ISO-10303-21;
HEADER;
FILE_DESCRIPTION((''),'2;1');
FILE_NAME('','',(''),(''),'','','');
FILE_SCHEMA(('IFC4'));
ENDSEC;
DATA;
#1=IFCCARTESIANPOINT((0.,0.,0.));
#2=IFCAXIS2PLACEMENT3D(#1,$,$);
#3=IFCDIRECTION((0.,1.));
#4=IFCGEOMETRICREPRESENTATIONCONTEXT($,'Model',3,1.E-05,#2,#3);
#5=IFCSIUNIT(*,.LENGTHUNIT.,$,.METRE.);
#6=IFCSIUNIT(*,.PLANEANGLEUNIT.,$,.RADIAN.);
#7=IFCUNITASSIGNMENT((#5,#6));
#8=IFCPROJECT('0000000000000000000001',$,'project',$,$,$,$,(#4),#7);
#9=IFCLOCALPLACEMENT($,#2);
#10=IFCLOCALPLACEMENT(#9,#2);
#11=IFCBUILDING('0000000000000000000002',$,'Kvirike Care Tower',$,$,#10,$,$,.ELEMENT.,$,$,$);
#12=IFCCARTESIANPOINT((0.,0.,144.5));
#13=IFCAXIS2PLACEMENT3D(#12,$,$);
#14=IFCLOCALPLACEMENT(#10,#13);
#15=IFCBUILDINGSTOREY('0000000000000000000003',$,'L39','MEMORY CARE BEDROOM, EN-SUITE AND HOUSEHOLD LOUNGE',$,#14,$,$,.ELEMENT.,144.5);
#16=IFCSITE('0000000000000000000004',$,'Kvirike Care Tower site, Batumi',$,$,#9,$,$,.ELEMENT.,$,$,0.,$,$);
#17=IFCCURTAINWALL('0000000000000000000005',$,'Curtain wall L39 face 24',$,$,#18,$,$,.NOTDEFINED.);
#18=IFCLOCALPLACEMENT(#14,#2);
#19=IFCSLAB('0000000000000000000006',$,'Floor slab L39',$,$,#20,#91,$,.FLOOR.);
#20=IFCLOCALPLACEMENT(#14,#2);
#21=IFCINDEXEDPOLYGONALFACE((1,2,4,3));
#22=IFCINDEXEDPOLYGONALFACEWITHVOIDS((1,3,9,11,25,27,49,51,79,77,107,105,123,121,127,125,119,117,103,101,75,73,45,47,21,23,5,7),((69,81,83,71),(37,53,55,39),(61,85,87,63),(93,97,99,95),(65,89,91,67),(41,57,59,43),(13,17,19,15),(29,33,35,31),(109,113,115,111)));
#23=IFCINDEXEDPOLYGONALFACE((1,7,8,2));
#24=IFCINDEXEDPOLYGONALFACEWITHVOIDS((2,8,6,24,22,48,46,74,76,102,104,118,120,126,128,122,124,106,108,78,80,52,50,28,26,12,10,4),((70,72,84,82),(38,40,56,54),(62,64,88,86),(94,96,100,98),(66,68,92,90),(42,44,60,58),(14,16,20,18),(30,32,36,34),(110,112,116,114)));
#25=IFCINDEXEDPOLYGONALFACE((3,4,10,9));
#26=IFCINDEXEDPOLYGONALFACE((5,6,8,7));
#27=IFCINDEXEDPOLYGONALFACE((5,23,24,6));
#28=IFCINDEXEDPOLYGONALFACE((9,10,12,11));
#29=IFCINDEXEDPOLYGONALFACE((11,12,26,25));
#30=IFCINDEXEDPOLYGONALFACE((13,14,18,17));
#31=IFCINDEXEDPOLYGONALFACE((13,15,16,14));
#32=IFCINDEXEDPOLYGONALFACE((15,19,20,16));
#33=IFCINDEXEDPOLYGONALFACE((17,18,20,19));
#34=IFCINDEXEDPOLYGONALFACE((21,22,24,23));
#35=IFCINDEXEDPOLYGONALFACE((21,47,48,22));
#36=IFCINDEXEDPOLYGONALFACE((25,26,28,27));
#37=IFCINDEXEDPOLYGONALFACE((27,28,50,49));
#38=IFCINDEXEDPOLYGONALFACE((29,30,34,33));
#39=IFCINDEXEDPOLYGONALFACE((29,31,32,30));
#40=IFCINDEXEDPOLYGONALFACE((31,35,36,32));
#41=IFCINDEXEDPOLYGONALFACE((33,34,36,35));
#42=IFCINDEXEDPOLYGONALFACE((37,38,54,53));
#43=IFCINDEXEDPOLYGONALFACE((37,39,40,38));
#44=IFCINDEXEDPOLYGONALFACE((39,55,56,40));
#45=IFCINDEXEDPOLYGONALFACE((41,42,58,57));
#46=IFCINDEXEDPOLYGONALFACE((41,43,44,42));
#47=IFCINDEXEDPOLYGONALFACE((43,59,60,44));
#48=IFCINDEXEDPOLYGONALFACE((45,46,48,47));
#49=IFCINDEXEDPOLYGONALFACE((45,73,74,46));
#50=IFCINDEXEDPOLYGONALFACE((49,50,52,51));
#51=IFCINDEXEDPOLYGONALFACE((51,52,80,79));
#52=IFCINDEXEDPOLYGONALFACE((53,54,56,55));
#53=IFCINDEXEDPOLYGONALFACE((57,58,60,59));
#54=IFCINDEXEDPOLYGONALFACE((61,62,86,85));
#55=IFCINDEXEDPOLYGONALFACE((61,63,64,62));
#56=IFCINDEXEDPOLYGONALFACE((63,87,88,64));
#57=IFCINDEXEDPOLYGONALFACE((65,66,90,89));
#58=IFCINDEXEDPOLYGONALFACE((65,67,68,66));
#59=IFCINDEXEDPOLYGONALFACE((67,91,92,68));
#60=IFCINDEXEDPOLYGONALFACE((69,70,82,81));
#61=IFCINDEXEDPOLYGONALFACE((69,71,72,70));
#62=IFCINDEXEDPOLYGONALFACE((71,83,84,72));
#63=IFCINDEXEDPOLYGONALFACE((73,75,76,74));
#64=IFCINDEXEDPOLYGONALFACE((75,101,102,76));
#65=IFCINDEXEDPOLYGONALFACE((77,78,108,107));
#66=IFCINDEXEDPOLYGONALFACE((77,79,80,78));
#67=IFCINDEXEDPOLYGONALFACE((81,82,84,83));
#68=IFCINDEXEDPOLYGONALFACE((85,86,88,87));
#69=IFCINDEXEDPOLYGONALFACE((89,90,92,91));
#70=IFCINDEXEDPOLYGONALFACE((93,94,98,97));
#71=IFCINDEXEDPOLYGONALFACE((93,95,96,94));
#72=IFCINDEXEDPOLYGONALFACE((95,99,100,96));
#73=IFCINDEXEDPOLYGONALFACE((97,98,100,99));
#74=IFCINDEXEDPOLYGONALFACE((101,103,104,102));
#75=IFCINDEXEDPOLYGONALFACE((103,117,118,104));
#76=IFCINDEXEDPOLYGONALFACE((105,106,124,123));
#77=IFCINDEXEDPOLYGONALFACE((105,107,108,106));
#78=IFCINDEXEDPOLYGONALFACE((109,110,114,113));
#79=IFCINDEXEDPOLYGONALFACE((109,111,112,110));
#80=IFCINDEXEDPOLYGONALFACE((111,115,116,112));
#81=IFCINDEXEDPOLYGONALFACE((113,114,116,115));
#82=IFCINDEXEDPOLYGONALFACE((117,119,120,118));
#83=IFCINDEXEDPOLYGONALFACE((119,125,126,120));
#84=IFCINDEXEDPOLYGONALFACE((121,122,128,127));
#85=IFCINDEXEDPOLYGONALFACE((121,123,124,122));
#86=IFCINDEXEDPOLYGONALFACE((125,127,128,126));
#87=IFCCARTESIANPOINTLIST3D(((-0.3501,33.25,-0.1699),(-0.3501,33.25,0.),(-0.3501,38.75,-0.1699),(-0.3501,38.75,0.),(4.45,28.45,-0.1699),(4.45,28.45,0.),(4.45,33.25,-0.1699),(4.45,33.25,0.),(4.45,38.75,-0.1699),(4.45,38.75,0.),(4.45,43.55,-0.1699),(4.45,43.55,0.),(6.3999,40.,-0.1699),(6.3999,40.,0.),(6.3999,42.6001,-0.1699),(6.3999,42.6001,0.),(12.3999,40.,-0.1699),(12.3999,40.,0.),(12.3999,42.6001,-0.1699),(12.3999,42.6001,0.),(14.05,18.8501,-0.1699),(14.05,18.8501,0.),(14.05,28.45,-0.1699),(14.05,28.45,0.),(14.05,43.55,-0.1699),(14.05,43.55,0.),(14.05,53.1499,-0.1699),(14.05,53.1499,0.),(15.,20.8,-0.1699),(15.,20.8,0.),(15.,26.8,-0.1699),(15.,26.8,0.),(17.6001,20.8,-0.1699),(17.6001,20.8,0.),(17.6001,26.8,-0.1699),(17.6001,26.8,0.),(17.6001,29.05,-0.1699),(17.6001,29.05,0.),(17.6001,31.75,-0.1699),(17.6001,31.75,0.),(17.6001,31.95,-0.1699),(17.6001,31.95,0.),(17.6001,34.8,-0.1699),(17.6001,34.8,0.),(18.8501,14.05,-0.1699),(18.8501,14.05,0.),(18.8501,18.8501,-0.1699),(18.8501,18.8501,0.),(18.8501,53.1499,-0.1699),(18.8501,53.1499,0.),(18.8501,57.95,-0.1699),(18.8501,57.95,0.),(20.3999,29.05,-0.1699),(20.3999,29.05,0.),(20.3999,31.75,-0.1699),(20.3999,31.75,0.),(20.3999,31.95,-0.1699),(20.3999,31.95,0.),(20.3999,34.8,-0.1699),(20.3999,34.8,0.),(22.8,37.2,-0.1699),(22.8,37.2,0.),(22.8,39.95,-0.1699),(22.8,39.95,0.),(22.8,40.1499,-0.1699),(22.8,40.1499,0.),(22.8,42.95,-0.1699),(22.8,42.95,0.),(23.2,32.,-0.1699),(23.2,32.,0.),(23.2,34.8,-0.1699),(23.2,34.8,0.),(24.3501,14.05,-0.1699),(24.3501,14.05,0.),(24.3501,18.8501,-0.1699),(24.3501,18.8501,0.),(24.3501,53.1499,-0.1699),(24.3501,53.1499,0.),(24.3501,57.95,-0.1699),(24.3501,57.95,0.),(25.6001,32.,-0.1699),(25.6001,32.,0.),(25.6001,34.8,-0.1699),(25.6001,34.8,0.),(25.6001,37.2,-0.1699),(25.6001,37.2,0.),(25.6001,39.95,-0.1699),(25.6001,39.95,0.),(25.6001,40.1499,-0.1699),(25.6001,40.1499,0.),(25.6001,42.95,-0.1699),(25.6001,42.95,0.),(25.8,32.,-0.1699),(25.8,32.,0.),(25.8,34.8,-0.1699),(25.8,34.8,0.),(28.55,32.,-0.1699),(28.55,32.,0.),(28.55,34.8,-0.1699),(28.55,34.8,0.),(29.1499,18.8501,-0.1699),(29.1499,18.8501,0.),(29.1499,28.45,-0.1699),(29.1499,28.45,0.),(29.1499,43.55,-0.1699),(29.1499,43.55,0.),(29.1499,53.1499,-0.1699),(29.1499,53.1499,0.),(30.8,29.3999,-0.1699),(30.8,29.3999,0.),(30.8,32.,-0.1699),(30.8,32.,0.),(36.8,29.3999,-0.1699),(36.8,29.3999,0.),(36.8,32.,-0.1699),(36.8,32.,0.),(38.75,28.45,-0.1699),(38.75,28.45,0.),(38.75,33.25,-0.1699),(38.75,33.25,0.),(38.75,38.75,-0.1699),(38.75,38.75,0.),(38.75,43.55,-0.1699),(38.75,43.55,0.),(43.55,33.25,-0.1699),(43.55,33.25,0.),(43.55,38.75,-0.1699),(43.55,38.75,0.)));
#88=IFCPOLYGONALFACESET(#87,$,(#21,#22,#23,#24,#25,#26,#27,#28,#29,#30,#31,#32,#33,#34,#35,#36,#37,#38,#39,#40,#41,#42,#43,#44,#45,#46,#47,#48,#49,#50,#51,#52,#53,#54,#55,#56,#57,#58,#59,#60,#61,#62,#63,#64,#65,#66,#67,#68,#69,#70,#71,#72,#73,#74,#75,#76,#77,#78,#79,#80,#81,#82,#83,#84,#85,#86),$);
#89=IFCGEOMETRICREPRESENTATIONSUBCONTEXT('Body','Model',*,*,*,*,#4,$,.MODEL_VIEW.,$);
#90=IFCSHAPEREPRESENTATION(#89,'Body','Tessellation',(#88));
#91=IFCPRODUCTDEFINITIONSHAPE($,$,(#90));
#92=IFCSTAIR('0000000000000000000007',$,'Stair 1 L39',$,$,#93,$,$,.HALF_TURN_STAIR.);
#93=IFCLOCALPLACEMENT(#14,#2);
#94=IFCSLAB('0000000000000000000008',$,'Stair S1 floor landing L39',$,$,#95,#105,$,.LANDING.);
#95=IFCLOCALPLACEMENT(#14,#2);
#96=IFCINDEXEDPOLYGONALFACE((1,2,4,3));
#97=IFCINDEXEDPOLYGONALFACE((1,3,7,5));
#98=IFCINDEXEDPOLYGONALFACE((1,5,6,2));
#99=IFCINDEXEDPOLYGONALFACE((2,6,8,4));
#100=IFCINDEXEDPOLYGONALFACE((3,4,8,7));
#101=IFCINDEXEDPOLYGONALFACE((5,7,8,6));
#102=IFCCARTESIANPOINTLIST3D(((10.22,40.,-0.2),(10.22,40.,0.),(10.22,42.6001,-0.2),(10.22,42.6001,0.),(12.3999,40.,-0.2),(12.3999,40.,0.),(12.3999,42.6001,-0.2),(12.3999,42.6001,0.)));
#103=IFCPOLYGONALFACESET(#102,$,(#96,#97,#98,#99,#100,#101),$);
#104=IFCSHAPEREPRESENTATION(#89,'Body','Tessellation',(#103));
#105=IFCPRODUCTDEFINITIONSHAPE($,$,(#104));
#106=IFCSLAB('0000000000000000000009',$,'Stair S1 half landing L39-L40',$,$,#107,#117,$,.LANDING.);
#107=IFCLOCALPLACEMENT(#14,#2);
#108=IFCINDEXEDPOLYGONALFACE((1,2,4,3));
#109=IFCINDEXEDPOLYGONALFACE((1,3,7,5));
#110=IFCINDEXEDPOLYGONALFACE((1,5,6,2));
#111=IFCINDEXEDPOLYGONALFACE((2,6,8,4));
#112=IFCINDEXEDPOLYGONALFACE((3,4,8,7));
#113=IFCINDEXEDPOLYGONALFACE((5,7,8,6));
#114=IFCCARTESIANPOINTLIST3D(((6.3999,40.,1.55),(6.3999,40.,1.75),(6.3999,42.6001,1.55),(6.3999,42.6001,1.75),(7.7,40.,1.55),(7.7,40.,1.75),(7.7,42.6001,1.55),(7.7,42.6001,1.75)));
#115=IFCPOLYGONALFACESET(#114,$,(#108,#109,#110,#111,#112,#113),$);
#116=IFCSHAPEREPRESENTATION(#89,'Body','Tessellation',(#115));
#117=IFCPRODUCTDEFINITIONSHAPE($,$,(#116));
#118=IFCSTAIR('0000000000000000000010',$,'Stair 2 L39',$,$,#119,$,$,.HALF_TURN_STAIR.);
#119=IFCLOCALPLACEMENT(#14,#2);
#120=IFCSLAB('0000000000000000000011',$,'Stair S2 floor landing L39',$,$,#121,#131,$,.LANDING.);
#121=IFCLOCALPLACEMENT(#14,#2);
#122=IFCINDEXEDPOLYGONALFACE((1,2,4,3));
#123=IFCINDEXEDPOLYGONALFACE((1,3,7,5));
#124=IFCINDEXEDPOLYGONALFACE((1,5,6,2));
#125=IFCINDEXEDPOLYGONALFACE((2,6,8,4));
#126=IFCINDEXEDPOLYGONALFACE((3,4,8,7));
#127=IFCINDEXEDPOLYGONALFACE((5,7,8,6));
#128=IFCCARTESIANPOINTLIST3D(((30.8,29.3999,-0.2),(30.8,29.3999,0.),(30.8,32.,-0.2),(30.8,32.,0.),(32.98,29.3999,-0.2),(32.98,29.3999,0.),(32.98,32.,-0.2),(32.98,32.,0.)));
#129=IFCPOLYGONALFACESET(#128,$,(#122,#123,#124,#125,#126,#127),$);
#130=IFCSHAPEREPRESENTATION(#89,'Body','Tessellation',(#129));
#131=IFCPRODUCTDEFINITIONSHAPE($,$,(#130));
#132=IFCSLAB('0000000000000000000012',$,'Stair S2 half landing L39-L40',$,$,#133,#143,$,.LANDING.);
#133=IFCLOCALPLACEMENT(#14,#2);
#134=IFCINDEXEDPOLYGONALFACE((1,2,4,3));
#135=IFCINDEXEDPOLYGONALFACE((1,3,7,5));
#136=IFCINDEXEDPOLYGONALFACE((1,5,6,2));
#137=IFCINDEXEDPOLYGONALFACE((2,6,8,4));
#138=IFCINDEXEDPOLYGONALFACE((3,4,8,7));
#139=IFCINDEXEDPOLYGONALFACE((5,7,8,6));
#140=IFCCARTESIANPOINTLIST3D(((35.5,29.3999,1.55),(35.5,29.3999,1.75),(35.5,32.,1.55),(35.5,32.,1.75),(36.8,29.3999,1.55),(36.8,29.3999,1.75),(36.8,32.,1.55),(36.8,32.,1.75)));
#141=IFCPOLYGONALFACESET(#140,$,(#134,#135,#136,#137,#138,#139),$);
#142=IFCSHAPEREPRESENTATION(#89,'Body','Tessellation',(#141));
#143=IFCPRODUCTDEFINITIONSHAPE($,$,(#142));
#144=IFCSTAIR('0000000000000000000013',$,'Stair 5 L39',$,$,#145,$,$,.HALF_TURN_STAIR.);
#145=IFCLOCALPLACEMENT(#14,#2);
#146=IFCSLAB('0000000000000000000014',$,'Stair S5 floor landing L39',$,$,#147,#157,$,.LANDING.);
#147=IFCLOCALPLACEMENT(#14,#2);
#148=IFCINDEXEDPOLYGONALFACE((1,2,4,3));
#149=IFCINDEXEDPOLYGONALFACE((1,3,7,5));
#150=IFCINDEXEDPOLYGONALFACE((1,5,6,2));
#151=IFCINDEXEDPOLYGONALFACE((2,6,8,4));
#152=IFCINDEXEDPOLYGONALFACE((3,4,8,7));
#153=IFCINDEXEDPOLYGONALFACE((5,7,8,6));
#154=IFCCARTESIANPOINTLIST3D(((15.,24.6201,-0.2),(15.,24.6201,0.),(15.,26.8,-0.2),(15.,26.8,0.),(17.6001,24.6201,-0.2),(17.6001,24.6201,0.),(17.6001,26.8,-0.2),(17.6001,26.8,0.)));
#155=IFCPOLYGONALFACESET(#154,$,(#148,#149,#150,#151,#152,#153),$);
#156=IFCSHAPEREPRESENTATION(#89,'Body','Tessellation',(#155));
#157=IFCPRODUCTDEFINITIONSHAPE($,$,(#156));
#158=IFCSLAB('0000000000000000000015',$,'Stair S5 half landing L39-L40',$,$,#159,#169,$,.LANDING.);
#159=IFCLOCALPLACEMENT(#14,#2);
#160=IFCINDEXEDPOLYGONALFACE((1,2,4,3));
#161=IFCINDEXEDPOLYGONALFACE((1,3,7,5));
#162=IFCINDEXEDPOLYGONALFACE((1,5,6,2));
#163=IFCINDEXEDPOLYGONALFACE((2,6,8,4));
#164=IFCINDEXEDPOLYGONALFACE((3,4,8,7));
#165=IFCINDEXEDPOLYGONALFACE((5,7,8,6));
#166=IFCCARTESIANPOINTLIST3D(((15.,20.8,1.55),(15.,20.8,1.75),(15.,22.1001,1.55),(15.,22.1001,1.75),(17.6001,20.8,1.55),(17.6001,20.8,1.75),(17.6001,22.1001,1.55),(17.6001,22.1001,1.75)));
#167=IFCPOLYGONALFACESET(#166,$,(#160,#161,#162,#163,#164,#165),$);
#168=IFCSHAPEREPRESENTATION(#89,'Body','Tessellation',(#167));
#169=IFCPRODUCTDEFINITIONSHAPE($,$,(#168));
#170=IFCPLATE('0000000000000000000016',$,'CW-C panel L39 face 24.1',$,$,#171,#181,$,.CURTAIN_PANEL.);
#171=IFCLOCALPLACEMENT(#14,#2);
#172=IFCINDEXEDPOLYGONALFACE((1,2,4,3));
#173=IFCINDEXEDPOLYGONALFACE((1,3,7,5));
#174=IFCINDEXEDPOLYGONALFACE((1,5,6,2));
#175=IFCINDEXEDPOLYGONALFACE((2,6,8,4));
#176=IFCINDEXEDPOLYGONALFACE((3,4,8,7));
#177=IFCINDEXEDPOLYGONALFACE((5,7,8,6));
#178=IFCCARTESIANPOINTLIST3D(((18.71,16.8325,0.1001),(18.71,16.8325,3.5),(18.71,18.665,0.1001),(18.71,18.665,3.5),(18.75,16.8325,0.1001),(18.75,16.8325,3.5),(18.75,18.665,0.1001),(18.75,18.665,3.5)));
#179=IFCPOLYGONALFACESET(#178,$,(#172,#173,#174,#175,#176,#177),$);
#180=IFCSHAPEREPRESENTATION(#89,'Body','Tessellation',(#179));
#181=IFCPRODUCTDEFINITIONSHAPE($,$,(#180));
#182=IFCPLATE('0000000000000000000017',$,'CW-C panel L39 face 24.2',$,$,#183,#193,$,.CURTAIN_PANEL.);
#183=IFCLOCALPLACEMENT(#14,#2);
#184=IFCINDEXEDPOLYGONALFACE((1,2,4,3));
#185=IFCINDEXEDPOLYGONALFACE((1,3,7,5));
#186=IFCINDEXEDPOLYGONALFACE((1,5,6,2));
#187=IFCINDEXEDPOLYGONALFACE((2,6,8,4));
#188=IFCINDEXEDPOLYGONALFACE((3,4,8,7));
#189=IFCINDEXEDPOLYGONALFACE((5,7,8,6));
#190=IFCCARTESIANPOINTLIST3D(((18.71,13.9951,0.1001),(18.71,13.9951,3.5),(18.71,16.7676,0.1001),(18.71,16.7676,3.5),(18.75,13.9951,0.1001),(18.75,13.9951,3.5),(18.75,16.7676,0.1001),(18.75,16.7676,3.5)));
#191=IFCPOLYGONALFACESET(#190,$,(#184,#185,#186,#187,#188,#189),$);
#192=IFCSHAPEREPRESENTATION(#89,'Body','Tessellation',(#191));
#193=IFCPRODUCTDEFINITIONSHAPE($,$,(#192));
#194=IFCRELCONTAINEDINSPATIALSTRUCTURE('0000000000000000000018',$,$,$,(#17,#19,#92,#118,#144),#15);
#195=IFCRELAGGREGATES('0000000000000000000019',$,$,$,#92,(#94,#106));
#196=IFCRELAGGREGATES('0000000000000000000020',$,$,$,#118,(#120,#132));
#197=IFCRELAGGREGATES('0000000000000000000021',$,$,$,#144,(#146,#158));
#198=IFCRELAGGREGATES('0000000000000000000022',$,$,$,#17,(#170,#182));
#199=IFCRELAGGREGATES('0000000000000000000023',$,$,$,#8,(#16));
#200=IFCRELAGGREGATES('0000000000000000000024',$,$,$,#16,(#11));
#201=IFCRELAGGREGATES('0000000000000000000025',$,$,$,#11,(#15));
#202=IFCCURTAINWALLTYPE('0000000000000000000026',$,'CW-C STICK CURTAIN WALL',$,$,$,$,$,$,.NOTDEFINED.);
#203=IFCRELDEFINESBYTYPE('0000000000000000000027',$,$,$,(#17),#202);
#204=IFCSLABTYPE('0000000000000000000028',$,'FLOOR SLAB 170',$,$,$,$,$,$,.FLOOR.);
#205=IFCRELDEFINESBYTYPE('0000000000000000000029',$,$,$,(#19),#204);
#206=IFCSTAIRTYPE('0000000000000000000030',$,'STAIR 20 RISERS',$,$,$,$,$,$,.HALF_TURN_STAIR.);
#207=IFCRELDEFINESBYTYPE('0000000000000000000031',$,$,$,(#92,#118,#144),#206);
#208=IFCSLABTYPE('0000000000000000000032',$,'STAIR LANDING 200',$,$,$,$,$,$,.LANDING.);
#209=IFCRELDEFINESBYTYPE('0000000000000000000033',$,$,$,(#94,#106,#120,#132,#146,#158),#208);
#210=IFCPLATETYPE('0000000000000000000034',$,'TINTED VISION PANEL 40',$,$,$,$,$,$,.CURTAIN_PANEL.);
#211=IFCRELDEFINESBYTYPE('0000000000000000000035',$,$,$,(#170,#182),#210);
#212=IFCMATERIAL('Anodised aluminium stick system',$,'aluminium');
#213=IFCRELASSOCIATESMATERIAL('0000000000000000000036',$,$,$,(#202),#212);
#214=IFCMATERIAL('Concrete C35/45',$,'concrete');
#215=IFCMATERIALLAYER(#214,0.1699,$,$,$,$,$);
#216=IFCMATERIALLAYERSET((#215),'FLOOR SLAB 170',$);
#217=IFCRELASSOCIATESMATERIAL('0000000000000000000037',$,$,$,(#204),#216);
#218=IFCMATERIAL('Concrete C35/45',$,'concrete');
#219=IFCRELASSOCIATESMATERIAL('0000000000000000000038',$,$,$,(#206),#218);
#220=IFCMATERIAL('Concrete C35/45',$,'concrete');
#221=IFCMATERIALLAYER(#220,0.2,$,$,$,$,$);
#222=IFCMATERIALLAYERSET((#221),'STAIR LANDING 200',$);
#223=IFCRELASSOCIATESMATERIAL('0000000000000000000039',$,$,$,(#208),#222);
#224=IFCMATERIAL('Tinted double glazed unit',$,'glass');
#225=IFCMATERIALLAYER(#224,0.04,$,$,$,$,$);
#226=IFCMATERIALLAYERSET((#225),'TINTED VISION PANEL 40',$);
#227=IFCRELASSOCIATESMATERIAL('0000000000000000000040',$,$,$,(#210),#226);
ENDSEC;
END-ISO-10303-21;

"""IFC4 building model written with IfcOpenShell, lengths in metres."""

from ifc_helpers import new_model, si_unit, direction, frame, origin, origin_2d, place, context, subcontext, project, spatial, polyline, rectangle, outline, extrude, material, layer, layer_set, type_object, element, aggregate, save


model = new_model("IFC4")

# Units and contexts
model_context = context("Model", 3, precision=1e-05, world=origin(), true_north=direction((0.0, 1.0)))
body_context = subcontext(model_context, "Body", "Model", "MODEL_VIEW")
ifc_project = project(units=[si_unit("LENGTHUNIT", "METRE"), si_unit("PLANEANGLEUNIT", "RADIAN")], contexts=[model_context])

# Site, building, storey
site_placement = place(None, origin())
site = spatial("IfcSite", under=ifc_project, at=site_placement, Name="Kvirike Care Tower site, Batumi", CompositionType="ELEMENT", RefElevation=0.0)
building_placement = place(site_placement, origin())
building = spatial("IfcBuilding", under=site, at=building_placement, Name="Kvirike Care Tower", CompositionType="ELEMENT")
storey_placement = place(building_placement, frame((0.0, 0.0, 144.5)))
storey = spatial("IfcBuildingStorey", under=building, at=storey_placement, Name="L39", Description="MEMORY CARE BEDROOM, EN-SUITE AND HOUSEHOLD LOUNGE", CompositionType="ELEMENT", Elevation=144.5)

# Curtain wall
ifc_material_1 = material(Name="Anodised aluminium stick system", Category="aluminium")
curtain_wall_type = type_object("IfcCurtainWallType", Name="CW-C STICK CURTAIN WALL", PredefinedType="NOTDEFINED", material=ifc_material_1)
curtain_wall_1_placement = place(storey_placement, origin())
curtain_wall_1 = element("IfcCurtainWall", 1, at=curtain_wall_1_placement, inside=storey, type_object=curtain_wall_type, Name="Curtain wall L39 face 24", PredefinedType="NOTDEFINED")

# Slab
ifc_material_2 = material(Name="Concrete C35/45", Category="concrete")
ifc_layer_1 = layer(ifc_material_2, 0.1699)
ifc_layer_set_1 = layer_set([ifc_layer_1], Name="FLOOR SLAB 170")
slab_type_1 = type_object("IfcSlabType", Name="FLOOR SLAB 170", PredefinedType="FLOOR", material=ifc_layer_set_1)
slab_1_placement = place(storey_placement, frame((0.0, 0.0, -0.1699)))
element("IfcSlab", 2, at=slab_1_placement, inside=storey, type_object=slab_type_1, Name="Floor slab L39", PredefinedType="FLOOR", context=body_context, shape_type="SweptSolid", body=[
    extrude(outline(polyline([(29.1499, 28.45), (38.75, 28.45), (38.75, 33.25), (43.55, 33.25), (43.55, 38.75), (38.75, 38.75), (38.75, 43.55), (29.1499, 43.55), (29.1499, 53.1499), (24.3501, 53.1499), (24.3501, 57.95), (18.8501, 57.95), (18.8501, 53.1499), (14.05, 53.1499), (14.05, 43.55), (4.45, 43.55), (4.45, 38.75), (-0.3501, 38.75), (-0.3501, 33.25), (4.45, 33.25), (4.45, 28.45), (14.05, 28.45), (14.05, 18.8501), (18.8501, 18.8501), (18.8501, 14.05), (24.3501, 14.05), (24.3501, 18.8501), (29.1499, 18.8501), (29.1499, 28.45)]), holes=[polyline([(17.6001, 29.05), (17.6001, 31.75), (20.3999, 31.75), (20.3999, 29.05), (17.6001, 29.05)]), polyline([(17.6001, 31.95), (17.6001, 34.8), (20.3999, 34.8), (20.3999, 31.95), (17.6001, 31.95)]), polyline([(22.8, 37.2), (22.8, 39.95), (25.6001, 39.95), (25.6001, 37.2), (22.8, 37.2)]), polyline([(22.8, 40.1499), (22.8, 42.95), (25.6001, 42.95), (25.6001, 40.1499), (22.8, 40.1499)]), polyline([(23.2, 32.0), (23.2, 34.8), (25.6001, 34.8), (25.6001, 32.0), (23.2, 32.0)]), polyline([(25.8, 32.0), (25.8, 34.8), (28.55, 34.8), (28.55, 32.0), (25.8, 32.0)]), polyline([(12.3999, 42.6001), (12.3999, 40.0), (6.3999, 40.0), (6.3999, 42.6001), (12.3999, 42.6001)]), polyline([(30.8, 29.3999), (30.8, 32.0), (36.8, 32.0), (36.8, 29.3999), (30.8, 29.3999)]), polyline([(15.0, 26.8), (17.6001, 26.8), (17.6001, 20.8), (15.0, 20.8), (15.0, 26.8)])]), origin(), (0.0, 0.0, 1.0), 0.1699),
])

# Stairs, slabs
ifc_material_3 = material(Name="Concrete C35/45", Category="concrete")
stair_type = type_object("IfcStairType", Name="STAIR 20 RISERS", PredefinedType="HALF_TURN_STAIR", material=ifc_material_3)
stair_1_placement = place(storey_placement, origin())
stair_1 = element("IfcStair", 3, at=stair_1_placement, inside=storey, type_object=stair_type, Name="Stair 1 L39", PredefinedType="HALF_TURN_STAIR")
ifc_material_4 = material(Name="Concrete C35/45", Category="concrete")
ifc_layer_2 = layer(ifc_material_4, 0.2)
ifc_layer_set_2 = layer_set([ifc_layer_2], Name="STAIR LANDING 200")
slab_type_2 = type_object("IfcSlabType", Name="STAIR LANDING 200", PredefinedType="LANDING", material=ifc_layer_set_2)
slab_2_placement = place(storey_placement, frame((0.0, 0.0, -0.2)))
slab_2 = element("IfcSlab", 4, at=slab_2_placement, type_object=slab_type_2, Name="Stair S1 floor landing L39", PredefinedType="LANDING", context=body_context, shape_type="SweptSolid", body=[
    extrude(outline(polyline([(10.22, 42.6001), (10.22, 40.0), (12.3999, 40.0), (12.3999, 42.6001), (10.22, 42.6001)])), origin(), (0.0, 0.0, 1.0), 0.2),
])
slab_3_placement = place(storey_placement, frame((0.0, 0.0, 1.55)))
slab_3 = element("IfcSlab", 5, at=slab_3_placement, type_object=slab_type_2, Name="Stair S1 half landing L39-L40", PredefinedType="LANDING", context=body_context, shape_type="SweptSolid", body=[
    extrude(outline(polyline([(6.3999, 42.6001), (6.3999, 40.0), (7.7, 40.0), (7.7, 42.6001), (6.3999, 42.6001)])), origin(), (0.0, 0.0, 1.0), 0.2),
])
aggregate(stair_1, [slab_2, slab_3])
stair_2_placement = place(storey_placement, origin())
stair_2 = element("IfcStair", 6, at=stair_2_placement, inside=storey, type_object=stair_type, Name="Stair 2 L39", PredefinedType="HALF_TURN_STAIR")
slab_4_placement = place(storey_placement, frame((0.0, 0.0, -0.2)))
slab_4 = element("IfcSlab", 7, at=slab_4_placement, type_object=slab_type_2, Name="Stair S2 floor landing L39", PredefinedType="LANDING", context=body_context, shape_type="SweptSolid", body=[
    extrude(outline(polyline([(32.98, 29.3999), (32.98, 32.0), (30.8, 32.0), (30.8, 29.3999), (32.98, 29.3999)])), origin(), (0.0, 0.0, 1.0), 0.2),
])
slab_5_placement = place(storey_placement, frame((0.0, 0.0, 1.55)))
slab_5 = element("IfcSlab", 8, at=slab_5_placement, type_object=slab_type_2, Name="Stair S2 half landing L39-L40", PredefinedType="LANDING", context=body_context, shape_type="SweptSolid", body=[
    extrude(outline(polyline([(36.8, 29.3999), (36.8, 32.0), (35.5, 32.0), (35.5, 29.3999), (36.8, 29.3999)])), origin(), (0.0, 0.0, 1.0), 0.2),
])
aggregate(stair_2, [slab_4, slab_5])
stair_3_placement = place(storey_placement, origin())
stair_3 = element("IfcStair", 9, at=stair_3_placement, inside=storey, type_object=stair_type, Name="Stair 5 L39", PredefinedType="HALF_TURN_STAIR")
slab_6_placement = place(storey_placement, frame((0.0, 0.0, -0.2)))
slab_6 = element("IfcSlab", 10, at=slab_6_placement, type_object=slab_type_2, Name="Stair S5 floor landing L39", PredefinedType="LANDING", context=body_context, shape_type="SweptSolid", body=[
    extrude(outline(polyline([(15.0, 24.6201), (17.6001, 24.6201), (17.6001, 26.8), (15.0, 26.8), (15.0, 24.6201)])), origin(), (0.0, 0.0, 1.0), 0.2),
])
slab_7_placement = place(storey_placement, frame((0.0, 0.0, 1.55)))
slab_7 = element("IfcSlab", 11, at=slab_7_placement, type_object=slab_type_2, Name="Stair S5 half landing L39-L40", PredefinedType="LANDING", context=body_context, shape_type="SweptSolid", body=[
    extrude(outline(polyline([(15.0, 20.8), (17.6001, 20.8), (17.6001, 22.1001), (15.0, 22.1001), (15.0, 20.8)])), origin(), (0.0, 0.0, 1.0), 0.2),
])
aggregate(stair_3, [slab_6, slab_7])

# Plates
ifc_material_5 = material(Name="Tinted double glazed unit", Category="glass")
ifc_layer_3 = layer(ifc_material_5, 0.04)
ifc_layer_set_3 = layer_set([ifc_layer_3], Name="TINTED VISION PANEL 40")
plate_type = type_object("IfcPlateType", Name="TINTED VISION PANEL 40", PredefinedType="CURTAIN_PANEL", material=ifc_layer_set_3)
plate_1_placement = place(storey_placement, frame((18.73, 17.7488, 0.1001), z_axis=(0.0, 0.0, 1.0), x_axis=(0.0, -1.0, 0.0)))
plate_1 = element("IfcPlate", 12, at=plate_1_placement, type_object=plate_type, Name="CW-C panel L39 face 24.1", PredefinedType="CURTAIN_PANEL", context=body_context, shape_type="SweptSolid", body=[
    extrude(rectangle(XDim=1.8325, YDim=0.04, at=origin_2d()), origin(), (0.0, 0.0, 1.0), 3.3999),
])
plate_2_placement = place(storey_placement, frame((18.73, 15.3813, 0.1001), z_axis=(0.0, 0.0, 1.0), x_axis=(0.0, -1.0, 0.0)))
plate_2 = element("IfcPlate", 13, at=plate_2_placement, type_object=plate_type, Name="CW-C panel L39 face 24.2", PredefinedType="CURTAIN_PANEL", context=body_context, shape_type="SweptSolid", body=[
    extrude(rectangle(XDim=2.7725, YDim=0.04, at=origin_2d()), origin(), (0.0, 0.0, 1.0), 3.3999),
])
aggregate(curtain_wall_1, [plate_1, plate_2])

save(model, "model.ifc")
